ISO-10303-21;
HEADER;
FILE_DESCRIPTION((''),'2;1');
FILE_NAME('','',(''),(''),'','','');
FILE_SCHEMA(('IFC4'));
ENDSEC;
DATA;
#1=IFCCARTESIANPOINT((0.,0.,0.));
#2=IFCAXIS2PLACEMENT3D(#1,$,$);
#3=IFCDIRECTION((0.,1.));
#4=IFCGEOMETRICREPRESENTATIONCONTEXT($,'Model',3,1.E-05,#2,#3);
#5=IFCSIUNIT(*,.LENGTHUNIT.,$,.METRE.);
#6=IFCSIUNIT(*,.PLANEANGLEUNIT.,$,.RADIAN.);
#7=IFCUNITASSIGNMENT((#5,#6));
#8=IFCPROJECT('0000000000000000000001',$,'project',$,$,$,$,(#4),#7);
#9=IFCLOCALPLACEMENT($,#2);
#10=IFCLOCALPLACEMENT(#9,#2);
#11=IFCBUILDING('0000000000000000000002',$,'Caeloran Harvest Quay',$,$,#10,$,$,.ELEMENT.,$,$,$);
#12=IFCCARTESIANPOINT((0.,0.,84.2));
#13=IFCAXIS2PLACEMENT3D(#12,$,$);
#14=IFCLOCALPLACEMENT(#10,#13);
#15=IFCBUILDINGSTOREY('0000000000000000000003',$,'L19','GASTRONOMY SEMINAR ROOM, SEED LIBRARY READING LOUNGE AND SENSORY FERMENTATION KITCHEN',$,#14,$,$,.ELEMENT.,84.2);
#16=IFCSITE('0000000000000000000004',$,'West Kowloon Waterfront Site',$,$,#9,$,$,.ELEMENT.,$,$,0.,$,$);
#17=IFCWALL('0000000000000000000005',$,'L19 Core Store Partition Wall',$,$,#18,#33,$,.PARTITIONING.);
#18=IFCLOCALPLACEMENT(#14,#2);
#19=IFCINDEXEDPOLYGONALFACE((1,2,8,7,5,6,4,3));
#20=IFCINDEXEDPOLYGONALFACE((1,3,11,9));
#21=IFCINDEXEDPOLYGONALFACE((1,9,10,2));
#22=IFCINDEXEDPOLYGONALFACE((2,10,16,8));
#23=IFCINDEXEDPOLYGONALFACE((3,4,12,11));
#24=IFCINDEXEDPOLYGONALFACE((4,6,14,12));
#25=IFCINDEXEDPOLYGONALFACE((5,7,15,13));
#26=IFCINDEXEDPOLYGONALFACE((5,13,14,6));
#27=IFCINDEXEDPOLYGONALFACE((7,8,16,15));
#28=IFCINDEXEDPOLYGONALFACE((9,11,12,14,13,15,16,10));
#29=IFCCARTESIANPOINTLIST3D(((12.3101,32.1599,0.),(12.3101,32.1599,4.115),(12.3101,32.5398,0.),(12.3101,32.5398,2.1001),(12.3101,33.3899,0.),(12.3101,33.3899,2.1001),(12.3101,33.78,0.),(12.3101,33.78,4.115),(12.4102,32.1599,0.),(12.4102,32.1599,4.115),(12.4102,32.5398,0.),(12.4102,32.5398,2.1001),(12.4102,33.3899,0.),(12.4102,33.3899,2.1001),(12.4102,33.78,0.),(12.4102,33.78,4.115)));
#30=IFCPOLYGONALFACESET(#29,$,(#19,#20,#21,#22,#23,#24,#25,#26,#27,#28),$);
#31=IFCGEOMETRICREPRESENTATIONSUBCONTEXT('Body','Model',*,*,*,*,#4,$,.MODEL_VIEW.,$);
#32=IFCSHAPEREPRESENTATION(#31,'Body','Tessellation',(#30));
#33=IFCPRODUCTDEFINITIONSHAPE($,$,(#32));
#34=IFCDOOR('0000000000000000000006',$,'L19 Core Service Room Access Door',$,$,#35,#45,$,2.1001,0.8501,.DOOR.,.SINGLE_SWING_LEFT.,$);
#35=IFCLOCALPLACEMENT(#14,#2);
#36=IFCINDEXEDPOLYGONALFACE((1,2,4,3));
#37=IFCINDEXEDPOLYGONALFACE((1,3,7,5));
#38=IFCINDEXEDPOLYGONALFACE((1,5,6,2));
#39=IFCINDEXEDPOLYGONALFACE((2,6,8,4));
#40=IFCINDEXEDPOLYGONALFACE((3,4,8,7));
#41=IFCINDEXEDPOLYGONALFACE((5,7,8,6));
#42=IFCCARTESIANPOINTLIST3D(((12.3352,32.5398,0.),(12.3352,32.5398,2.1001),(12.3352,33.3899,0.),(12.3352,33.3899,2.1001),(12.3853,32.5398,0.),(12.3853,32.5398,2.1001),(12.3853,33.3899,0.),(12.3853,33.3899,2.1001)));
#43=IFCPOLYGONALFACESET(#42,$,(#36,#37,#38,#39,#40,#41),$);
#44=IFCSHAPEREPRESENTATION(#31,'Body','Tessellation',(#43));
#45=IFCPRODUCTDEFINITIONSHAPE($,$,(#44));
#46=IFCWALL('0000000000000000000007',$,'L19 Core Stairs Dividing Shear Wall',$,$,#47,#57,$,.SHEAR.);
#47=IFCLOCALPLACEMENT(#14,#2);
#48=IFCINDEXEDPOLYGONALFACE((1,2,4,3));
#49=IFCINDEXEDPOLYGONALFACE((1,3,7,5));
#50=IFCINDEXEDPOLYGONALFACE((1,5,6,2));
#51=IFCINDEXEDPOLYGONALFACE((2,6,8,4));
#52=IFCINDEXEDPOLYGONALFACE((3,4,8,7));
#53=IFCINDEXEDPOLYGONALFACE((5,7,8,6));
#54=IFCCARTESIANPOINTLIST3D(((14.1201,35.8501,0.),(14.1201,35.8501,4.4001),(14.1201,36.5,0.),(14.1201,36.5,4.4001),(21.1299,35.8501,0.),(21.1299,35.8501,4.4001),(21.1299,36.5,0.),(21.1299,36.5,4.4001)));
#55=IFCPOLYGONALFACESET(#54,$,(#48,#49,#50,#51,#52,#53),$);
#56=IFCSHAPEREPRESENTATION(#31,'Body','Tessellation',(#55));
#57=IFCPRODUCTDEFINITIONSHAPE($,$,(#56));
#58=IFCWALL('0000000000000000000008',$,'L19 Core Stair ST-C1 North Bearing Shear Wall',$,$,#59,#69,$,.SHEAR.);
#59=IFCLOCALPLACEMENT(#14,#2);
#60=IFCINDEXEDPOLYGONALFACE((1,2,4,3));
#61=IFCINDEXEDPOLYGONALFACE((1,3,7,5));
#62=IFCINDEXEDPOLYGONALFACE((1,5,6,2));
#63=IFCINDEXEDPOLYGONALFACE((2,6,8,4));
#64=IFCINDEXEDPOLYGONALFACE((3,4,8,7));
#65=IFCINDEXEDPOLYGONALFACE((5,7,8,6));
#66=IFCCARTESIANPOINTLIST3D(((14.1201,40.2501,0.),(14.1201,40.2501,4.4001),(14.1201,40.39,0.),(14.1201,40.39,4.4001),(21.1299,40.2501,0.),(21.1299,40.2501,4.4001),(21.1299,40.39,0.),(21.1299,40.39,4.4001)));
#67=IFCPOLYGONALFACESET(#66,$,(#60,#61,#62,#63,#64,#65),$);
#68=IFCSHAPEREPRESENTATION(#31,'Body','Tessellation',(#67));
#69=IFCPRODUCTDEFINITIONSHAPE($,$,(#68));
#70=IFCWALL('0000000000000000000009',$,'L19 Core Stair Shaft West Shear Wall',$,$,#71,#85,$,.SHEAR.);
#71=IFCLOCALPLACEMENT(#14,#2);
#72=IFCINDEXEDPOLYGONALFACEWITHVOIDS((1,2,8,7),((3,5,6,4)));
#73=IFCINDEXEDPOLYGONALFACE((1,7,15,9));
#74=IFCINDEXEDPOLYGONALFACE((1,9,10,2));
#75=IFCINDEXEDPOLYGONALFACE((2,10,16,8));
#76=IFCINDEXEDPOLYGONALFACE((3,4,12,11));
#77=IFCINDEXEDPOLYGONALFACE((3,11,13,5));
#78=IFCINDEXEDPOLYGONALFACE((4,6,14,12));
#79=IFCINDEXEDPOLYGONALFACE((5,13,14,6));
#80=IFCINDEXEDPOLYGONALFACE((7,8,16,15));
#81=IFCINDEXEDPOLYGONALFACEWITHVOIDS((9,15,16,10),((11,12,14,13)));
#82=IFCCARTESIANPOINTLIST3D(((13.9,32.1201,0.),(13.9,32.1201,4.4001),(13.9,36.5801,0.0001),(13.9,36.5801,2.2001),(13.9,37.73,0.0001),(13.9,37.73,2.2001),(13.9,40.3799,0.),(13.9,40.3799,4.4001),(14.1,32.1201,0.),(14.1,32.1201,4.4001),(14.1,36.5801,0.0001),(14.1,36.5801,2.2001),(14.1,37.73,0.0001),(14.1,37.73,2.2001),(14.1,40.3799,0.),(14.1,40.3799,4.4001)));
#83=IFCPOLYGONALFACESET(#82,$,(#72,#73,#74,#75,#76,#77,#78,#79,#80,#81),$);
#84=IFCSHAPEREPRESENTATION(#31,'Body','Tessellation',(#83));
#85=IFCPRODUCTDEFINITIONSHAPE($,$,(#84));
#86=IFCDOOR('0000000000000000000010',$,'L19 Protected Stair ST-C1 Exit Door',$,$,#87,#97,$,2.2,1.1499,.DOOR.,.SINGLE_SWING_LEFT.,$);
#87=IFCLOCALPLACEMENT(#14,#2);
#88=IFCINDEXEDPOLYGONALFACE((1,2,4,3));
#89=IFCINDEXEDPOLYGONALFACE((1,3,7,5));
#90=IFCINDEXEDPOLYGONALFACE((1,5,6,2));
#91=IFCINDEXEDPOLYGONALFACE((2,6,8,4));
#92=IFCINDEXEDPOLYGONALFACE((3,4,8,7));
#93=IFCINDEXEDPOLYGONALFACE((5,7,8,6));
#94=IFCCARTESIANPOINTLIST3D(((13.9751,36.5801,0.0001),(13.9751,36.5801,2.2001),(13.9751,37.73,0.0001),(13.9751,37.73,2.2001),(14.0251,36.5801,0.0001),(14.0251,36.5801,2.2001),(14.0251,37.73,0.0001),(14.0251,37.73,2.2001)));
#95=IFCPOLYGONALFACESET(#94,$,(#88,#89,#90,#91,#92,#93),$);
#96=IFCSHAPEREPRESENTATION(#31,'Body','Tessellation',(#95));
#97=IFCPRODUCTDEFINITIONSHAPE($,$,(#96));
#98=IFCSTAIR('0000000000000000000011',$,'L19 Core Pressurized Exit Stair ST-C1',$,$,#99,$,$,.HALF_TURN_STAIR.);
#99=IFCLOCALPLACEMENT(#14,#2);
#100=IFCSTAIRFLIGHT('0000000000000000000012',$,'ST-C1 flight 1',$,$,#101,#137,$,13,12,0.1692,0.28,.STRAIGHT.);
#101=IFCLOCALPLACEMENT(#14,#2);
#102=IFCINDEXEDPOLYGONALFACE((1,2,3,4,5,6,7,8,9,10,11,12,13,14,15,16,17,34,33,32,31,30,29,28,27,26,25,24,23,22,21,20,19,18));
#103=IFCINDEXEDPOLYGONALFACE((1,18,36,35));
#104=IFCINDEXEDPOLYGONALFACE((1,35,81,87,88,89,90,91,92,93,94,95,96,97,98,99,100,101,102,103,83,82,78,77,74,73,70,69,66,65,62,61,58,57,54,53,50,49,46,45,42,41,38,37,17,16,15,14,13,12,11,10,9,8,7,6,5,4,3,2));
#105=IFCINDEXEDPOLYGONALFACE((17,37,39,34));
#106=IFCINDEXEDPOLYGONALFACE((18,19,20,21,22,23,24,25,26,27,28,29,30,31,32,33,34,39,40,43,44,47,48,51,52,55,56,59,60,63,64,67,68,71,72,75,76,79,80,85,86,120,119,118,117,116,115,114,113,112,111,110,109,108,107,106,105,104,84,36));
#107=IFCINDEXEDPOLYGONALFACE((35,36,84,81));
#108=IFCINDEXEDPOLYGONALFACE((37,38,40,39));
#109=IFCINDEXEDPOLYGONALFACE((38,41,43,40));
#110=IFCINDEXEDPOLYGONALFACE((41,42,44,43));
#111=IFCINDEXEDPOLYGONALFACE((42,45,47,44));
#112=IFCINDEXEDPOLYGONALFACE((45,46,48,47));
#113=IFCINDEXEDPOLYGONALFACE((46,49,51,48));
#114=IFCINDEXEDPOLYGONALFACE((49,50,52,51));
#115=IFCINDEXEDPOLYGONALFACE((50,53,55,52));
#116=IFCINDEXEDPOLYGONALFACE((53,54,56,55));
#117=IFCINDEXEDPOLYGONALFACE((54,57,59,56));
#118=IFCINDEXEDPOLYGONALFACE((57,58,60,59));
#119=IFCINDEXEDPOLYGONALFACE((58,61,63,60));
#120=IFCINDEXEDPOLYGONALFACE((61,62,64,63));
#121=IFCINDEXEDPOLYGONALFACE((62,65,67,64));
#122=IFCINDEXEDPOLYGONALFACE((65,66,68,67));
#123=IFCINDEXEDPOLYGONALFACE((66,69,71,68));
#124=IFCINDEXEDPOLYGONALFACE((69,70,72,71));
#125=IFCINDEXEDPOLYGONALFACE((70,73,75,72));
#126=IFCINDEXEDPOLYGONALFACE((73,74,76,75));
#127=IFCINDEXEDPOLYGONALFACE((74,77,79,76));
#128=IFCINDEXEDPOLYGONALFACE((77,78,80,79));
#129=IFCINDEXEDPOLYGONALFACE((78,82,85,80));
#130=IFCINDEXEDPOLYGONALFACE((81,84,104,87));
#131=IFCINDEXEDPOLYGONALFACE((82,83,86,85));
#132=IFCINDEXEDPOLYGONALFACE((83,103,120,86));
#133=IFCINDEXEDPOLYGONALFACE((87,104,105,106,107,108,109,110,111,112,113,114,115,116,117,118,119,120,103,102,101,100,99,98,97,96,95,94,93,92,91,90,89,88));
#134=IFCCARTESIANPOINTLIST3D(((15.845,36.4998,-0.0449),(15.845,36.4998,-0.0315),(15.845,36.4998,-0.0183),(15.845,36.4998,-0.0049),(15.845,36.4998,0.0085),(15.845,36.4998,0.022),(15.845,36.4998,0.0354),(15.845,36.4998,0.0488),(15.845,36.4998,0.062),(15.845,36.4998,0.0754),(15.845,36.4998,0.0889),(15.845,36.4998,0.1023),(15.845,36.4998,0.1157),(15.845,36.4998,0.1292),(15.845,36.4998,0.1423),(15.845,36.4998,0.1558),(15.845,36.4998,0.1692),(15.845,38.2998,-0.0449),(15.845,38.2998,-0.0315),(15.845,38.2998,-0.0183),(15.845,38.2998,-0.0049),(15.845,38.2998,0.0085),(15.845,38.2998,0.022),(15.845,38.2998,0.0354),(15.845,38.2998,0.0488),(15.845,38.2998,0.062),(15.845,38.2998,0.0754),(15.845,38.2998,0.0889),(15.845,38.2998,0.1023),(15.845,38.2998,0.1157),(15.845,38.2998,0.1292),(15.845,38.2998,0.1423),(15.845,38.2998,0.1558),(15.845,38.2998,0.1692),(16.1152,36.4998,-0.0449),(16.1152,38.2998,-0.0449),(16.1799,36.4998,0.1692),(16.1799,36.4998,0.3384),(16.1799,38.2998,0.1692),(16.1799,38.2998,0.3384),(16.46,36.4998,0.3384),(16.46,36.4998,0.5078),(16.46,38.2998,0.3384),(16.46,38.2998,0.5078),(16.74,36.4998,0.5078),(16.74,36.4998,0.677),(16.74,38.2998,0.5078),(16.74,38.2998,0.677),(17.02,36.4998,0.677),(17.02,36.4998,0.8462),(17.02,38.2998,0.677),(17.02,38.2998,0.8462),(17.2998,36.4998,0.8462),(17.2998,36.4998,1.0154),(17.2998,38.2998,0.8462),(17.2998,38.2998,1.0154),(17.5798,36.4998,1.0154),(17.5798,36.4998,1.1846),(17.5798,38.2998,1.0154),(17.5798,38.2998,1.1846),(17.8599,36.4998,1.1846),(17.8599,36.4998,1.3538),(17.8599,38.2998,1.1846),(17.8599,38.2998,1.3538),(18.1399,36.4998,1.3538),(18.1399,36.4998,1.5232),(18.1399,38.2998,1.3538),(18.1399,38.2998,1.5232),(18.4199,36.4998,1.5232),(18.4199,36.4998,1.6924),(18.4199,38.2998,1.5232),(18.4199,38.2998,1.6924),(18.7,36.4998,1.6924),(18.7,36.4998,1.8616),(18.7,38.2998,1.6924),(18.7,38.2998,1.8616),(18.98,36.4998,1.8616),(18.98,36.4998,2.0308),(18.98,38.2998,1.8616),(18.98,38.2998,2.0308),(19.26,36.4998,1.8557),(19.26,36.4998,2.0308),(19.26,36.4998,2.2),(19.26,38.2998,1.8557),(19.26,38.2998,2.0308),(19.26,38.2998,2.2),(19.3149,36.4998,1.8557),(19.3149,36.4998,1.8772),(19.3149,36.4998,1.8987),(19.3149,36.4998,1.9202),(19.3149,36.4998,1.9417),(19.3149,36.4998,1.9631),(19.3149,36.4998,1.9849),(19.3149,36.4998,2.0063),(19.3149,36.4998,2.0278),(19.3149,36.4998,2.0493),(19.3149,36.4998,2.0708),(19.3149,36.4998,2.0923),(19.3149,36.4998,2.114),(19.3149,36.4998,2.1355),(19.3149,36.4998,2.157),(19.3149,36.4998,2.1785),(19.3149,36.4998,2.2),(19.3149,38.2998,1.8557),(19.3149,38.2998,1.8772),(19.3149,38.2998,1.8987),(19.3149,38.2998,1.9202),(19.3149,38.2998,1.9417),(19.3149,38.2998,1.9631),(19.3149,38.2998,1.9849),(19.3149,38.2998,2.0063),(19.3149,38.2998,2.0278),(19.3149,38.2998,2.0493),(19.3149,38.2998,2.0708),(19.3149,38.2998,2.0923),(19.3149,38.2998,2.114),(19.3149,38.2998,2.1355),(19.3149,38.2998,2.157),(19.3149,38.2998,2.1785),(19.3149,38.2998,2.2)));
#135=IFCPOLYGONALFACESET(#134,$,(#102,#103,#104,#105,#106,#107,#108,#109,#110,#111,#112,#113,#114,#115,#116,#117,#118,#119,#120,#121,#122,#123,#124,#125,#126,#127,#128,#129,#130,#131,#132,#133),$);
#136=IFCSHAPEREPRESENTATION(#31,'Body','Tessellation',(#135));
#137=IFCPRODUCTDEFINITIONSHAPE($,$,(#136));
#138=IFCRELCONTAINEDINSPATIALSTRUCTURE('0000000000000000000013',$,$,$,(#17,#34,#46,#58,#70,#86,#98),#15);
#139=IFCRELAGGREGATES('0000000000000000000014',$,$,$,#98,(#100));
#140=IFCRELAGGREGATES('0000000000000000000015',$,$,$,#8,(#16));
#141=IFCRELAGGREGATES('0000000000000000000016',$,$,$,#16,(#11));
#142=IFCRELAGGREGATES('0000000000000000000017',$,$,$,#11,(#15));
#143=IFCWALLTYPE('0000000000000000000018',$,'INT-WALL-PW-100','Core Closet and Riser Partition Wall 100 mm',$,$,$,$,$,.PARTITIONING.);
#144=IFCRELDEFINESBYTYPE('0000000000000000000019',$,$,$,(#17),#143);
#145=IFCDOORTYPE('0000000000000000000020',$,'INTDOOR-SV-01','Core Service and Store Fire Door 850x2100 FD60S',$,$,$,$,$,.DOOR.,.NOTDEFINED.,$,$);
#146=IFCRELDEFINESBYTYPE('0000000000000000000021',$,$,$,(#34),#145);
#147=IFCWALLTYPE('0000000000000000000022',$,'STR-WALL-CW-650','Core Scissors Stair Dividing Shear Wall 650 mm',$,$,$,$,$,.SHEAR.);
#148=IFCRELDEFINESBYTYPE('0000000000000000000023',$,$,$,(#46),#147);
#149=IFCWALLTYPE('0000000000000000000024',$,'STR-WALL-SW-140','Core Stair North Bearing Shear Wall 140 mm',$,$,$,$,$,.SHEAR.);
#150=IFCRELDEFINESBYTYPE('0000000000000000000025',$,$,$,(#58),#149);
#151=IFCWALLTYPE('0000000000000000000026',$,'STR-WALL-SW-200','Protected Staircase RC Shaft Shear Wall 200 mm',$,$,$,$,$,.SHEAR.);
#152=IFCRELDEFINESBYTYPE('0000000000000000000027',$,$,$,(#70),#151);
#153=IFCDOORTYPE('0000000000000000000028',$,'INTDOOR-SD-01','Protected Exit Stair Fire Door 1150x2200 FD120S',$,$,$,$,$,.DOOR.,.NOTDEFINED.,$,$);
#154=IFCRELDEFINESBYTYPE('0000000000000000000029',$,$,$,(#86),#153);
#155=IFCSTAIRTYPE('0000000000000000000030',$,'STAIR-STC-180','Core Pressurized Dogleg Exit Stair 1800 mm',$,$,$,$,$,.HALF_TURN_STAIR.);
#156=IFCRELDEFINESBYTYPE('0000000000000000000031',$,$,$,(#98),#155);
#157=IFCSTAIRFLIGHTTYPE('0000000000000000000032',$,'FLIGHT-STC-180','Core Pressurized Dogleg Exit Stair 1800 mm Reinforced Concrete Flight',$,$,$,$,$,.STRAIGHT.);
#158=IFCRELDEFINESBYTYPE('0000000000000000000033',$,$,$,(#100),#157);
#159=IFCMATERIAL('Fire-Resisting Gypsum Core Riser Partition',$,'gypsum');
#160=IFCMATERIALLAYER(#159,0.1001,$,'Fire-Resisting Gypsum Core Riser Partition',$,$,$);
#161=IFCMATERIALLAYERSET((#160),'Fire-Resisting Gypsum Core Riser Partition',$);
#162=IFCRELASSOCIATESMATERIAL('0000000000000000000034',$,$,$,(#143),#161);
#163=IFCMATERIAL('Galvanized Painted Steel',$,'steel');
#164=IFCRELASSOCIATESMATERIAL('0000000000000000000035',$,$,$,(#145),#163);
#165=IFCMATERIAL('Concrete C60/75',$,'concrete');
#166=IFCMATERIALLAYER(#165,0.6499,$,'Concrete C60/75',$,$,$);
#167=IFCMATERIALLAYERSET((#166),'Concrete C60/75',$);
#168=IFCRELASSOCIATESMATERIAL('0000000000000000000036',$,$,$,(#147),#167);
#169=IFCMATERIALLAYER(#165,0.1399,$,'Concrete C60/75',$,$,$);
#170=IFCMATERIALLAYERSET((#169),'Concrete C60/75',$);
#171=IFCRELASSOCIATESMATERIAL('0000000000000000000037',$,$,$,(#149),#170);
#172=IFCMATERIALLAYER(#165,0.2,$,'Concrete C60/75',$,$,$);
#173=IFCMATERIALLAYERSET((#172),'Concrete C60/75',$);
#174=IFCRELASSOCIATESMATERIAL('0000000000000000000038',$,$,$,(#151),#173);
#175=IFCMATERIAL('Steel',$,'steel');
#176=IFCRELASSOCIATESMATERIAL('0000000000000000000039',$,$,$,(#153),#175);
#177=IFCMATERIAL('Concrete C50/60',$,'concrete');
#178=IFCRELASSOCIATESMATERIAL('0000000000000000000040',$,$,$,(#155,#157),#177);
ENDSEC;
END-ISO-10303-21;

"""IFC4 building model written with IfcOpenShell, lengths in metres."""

from ifc_helpers import new_model, si_unit, direction, frame, frame_2d, origin, place, context, subcontext, project, spatial, polyline, rectangle, outline, extrude, material, layer, layer_set, type_object, element, fill, aggregate, save


model = new_model("IFC4")

# Units and contexts
model_context = context("Model", 3, precision=1e-05, world=origin(), true_north=direction((0.0, 1.0)))
body_context = subcontext(model_context, "Body", "Model", "MODEL_VIEW")
ifc_project = project(units=[si_unit("LENGTHUNIT", "METRE"), si_unit("PLANEANGLEUNIT", "RADIAN")], contexts=[model_context])

# Site, building, storey
site_placement = place(None, origin())
site = spatial("IfcSite", under=ifc_project, at=site_placement, Name="West Kowloon Waterfront Site", CompositionType="ELEMENT", RefElevation=0.0)
building_placement = place(site_placement, origin())
building = spatial("IfcBuilding", under=site, at=building_placement, Name="Caeloran Harvest Quay", CompositionType="ELEMENT")
storey_placement = place(building_placement, frame((0.0, 0.0, 84.2)))
storey = spatial("IfcBuildingStorey", under=building, at=storey_placement, Name="L19", Description="GASTRONOMY SEMINAR ROOM, SEED LIBRARY READING LOUNGE AND SENSORY FERMENTATION KITCHEN", CompositionType="ELEMENT", Elevation=84.2)

# Wall, opening, door
ifc_material_1 = material(Name="Fire-Resisting Gypsum Core Riser Partition", Category="gypsum")
ifc_layer_1 = layer(ifc_material_1, 0.1001, Name="Fire-Resisting Gypsum Core Riser Partition")
ifc_layer_set_1 = layer_set([ifc_layer_1], Name="Fire-Resisting Gypsum Core Riser Partition")
wall_type_1 = type_object("IfcWallType", Name="INT-WALL-PW-100", Description="Core Closet and Riser Partition Wall 100 mm", PredefinedType="PARTITIONING", material=ifc_layer_set_1)
wall_1_placement = place(storey_placement, frame((12.3601, 32.1599, 0.0), z_axis=(0.0, 0.0, 1.0), x_axis=(0.0, 1.0, 0.0)))
wall_1 = element("IfcWall", 1, at=wall_1_placement, inside=storey, type_object=wall_type_1, Name="L19 Core Store Partition Wall", PredefinedType="PARTITIONING", context=body_context, shape_type="SweptSolid", body=[
    extrude(rectangle(XDim=1.6201, YDim=0.1001, at=frame_2d((0.8101, 0.0))), origin(), (0.0, 0.0, 1.0), 4.115),
])
opening_1_placement = place(wall_1_placement, frame((0.3799, 0.0, 0.0)))
opening_1 = element("IfcOpeningElement", 2, at=opening_1_placement, cuts=wall_1, PredefinedType="OPENING", context=body_context, shape_type="SweptSolid", body=[
    extrude(rectangle(XDim=0.8501, YDim=2.1001, at=frame_2d((0.425, 1.05))), frame((0.0, 0.0601, 0.0), z_axis=(0.0, -1.0, 0.0), x_axis=(1.0, 0.0, 0.0)), (0.0, 0.0, 1.0), 0.1201),
])
ifc_material_2 = material(Name="Galvanized Painted Steel", Category="steel")
door_type_1 = type_object("IfcDoorType", Name="INTDOOR-SV-01", Description="Core Service and Store Fire Door 850x2100 FD60S", OperationType="NOTDEFINED", PredefinedType="DOOR", material=ifc_material_2)
door_1_placement = place(opening_1_placement, origin())
door_1 = element("IfcDoor", 3, at=door_1_placement, inside=storey, type_object=door_type_1, Name="L19 Core Service Room Access Door", OperationType="SINGLE_SWING_LEFT", OverallHeight=2.1001, OverallWidth=0.8501, PredefinedType="DOOR", context=body_context, shape_type="SweptSolid", body=[
    extrude(rectangle(XDim=0.8501, YDim=2.1001, at=frame_2d((0.425, 1.05))), frame((0.0, 0.0249, 0.0), z_axis=(0.0, -1.0, 0.0), x_axis=(1.0, 0.0, 0.0)), (0.0, 0.0, 1.0), 0.05),
])
fill(opening_1, door_1)

# Walls
ifc_material_3 = material(Name="Concrete C60/75", Category="concrete")
ifc_layer_2 = layer(ifc_material_3, 0.6499, Name="Concrete C60/75")
ifc_layer_set_2 = layer_set([ifc_layer_2], Name="Concrete C60/75")
wall_type_2 = type_object("IfcWallType", Name="STR-WALL-CW-650", Description="Core Scissors Stair Dividing Shear Wall 650 mm", PredefinedType="SHEAR", material=ifc_layer_set_2)
wall_2_placement = place(storey_placement, frame((14.1201, 36.175, 0.0), z_axis=(0.0, 0.0, 1.0), x_axis=(1.0, 0.0, 0.0)))
element("IfcWall", 4, at=wall_2_placement, inside=storey, type_object=wall_type_2, Name="L19 Core Stairs Dividing Shear Wall", PredefinedType="SHEAR", context=body_context, shape_type="SweptSolid", body=[
    extrude(rectangle(XDim=7.0098, YDim=0.6499, at=frame_2d((3.5049, 0.0))), origin(), (0.0, 0.0, 1.0), 4.4001),
])
ifc_layer_3 = layer(ifc_material_3, 0.1399, Name="Concrete C60/75")
ifc_layer_set_3 = layer_set([ifc_layer_3], Name="Concrete C60/75")
wall_type_3 = type_object("IfcWallType", Name="STR-WALL-SW-140", Description="Core Stair North Bearing Shear Wall 140 mm", PredefinedType="SHEAR", material=ifc_layer_set_3)
wall_3_placement = place(storey_placement, frame((14.1201, 40.3201, 0.0), z_axis=(0.0, 0.0, 1.0), x_axis=(1.0, 0.0, 0.0)))
element("IfcWall", 5, at=wall_3_placement, inside=storey, type_object=wall_type_3, Name="L19 Core Stair ST-C1 North Bearing Shear Wall", PredefinedType="SHEAR", context=body_context, shape_type="SweptSolid", body=[
    extrude(rectangle(XDim=7.0098, YDim=0.1399, at=frame_2d((3.5049, 0.0))), origin(), (0.0, 0.0, 1.0), 4.4001),
])

# Wall, opening, door
ifc_layer_4 = layer(ifc_material_3, 0.2, Name="Concrete C60/75")
ifc_layer_set_4 = layer_set([ifc_layer_4], Name="Concrete C60/75")
wall_type_4 = type_object("IfcWallType", Name="STR-WALL-SW-200", Description="Protected Staircase RC Shaft Shear Wall 200 mm", PredefinedType="SHEAR", material=ifc_layer_set_4)
wall_4_placement = place(storey_placement, frame((14.0, 32.1201, 0.0), z_axis=(0.0, 0.0, 1.0), x_axis=(0.0, 1.0, 0.0)))
wall_4 = element("IfcWall", 6, at=wall_4_placement, inside=storey, type_object=wall_type_4, Name="L19 Core Stair Shaft West Shear Wall", PredefinedType="SHEAR", context=body_context, shape_type="SweptSolid", body=[
    extrude(rectangle(XDim=8.2598, YDim=0.2, at=frame_2d((4.1299, 0.0))), origin(), (0.0, 0.0, 1.0), 4.4001),
])
opening_2_placement = place(wall_4_placement, frame((4.46, 0.0, 0.0)))
opening_2 = element("IfcOpeningElement", 7, at=opening_2_placement, cuts=wall_4, PredefinedType="OPENING", context=body_context, shape_type="SweptSolid", body=[
    extrude(rectangle(XDim=1.1499, YDim=2.2, at=frame_2d((0.575, 1.1001))), frame((0.0, 0.1099, 0.0), z_axis=(0.0, -1.0, 0.0), x_axis=(1.0, 0.0, 0.0)), (0.0, 0.0, 1.0), 0.22),
])
ifc_material_4 = material(Name="Steel", Category="steel")
door_type_2 = type_object("IfcDoorType", Name="INTDOOR-SD-01", Description="Protected Exit Stair Fire Door 1150x2200 FD120S", OperationType="NOTDEFINED", PredefinedType="DOOR", material=ifc_material_4)
door_2_placement = place(opening_2_placement, origin())
door_2 = element("IfcDoor", 8, at=door_2_placement, inside=storey, type_object=door_type_2, Name="L19 Protected Stair ST-C1 Exit Door", OperationType="SINGLE_SWING_LEFT", OverallHeight=2.2, OverallWidth=1.1499, PredefinedType="DOOR", context=body_context, shape_type="SweptSolid", body=[
    extrude(rectangle(XDim=1.1499, YDim=2.2, at=frame_2d((0.575, 1.1001))), frame((0.0, 0.0249, 0.0), z_axis=(0.0, -1.0, 0.0), x_axis=(1.0, 0.0, 0.0)), (0.0, 0.0, 1.0), 0.05),
])
fill(opening_2, door_2)

# Stair, stair flight
ifc_material_5 = material(Name="Concrete C50/60", Category="concrete")
stair_type = type_object("IfcStairType", Name="STAIR-STC-180", Description="Core Pressurized Dogleg Exit Stair 1800 mm", PredefinedType="HALF_TURN_STAIR", material=ifc_material_5)
stair_1_placement = place(storey_placement, origin())
stair_1 = element("IfcStair", 9, at=stair_1_placement, inside=storey, type_object=stair_type, Name="L19 Core Pressurized Exit Stair ST-C1", PredefinedType="HALF_TURN_STAIR")
stair_flight_type = type_object("IfcStairFlightType", Name="FLIGHT-STC-180", Description="Core Pressurized Dogleg Exit Stair 1800 mm Reinforced Concrete Flight", PredefinedType="STRAIGHT", material=ifc_material_5)
stair_flight_1_placement = place(storey_placement, frame((15.8999, 37.3999, 0.0), z_axis=(0.0, 0.0, 1.0), x_axis=(1.0, 0.0, 0.0)))
stair_flight_1 = element("IfcStairFlight", 10, at=stair_flight_1_placement, type_object=stair_flight_type, Name="ST-C1 flight 1", NumberOfRisers=13, NumberOfTreads=12, PredefinedType="STRAIGHT", RiserHeight=0.1692, TreadLength=0.28, context=body_context, shape_type="SweptSolid", body=[
    extrude(outline(polyline([(-0.0549, -0.0449), (-0.0549, -0.0315), (-0.0549, -0.0183), (-0.0549, -0.0049), (-0.0549, 0.0085), (-0.0549, 0.022), (-0.0549, 0.0354), (-0.0549, 0.0488), (-0.0549, 0.062), (-0.0549, 0.0754), (-0.0549, 0.0889), (-0.0549, 0.1023), (-0.0549, 0.1157), (-0.0549, 0.1292), (-0.0549, 0.1423), (-0.0549, 0.1558), (-0.0549, 0.1692), (0.28, 0.1692), (0.28, 0.3384), (0.5601, 0.3384), (0.5601, 0.5078), (0.8401, 0.5078), (0.8401, 0.677), (1.1201, 0.677), (1.1201, 0.8462), (1.3999, 0.8462), (1.3999, 1.0154), (1.6799, 1.0154), (1.6799, 1.1846), (1.96, 1.1846), (1.96, 1.3538), (2.24, 1.3538), (2.24, 1.5232), (2.52, 1.5232), (2.52, 1.6924), (2.8, 1.6924), (2.8, 1.8616), (3.0801, 1.8616), (3.0801, 2.0308), (3.3601, 2.0308), (3.3601, 2.2), (3.415, 2.2), (3.415, 2.1785), (3.415, 2.157), (3.415, 2.1355), (3.415, 2.114), (3.415, 2.0923), (3.415, 2.0708), (3.415, 2.0493), (3.415, 2.0278), (3.415, 2.0063), (3.415, 1.9849), (3.415, 1.9631), (3.415, 1.9417), (3.415, 1.9202), (3.415, 1.8987), (3.415, 1.8772), (3.415, 1.8557), (3.3601, 1.8557), (0.2153, -0.0449), (-0.0549, -0.0449)])), frame((0.0, 0.8999, 0.0), z_axis=(0.0, -1.0, 0.0), x_axis=(1.0, 0.0, 0.0)), (0.0, 0.0, 1.0), 1.8),
])
aggregate(stair_1, [stair_flight_1])

save(model, "model.ifc")
